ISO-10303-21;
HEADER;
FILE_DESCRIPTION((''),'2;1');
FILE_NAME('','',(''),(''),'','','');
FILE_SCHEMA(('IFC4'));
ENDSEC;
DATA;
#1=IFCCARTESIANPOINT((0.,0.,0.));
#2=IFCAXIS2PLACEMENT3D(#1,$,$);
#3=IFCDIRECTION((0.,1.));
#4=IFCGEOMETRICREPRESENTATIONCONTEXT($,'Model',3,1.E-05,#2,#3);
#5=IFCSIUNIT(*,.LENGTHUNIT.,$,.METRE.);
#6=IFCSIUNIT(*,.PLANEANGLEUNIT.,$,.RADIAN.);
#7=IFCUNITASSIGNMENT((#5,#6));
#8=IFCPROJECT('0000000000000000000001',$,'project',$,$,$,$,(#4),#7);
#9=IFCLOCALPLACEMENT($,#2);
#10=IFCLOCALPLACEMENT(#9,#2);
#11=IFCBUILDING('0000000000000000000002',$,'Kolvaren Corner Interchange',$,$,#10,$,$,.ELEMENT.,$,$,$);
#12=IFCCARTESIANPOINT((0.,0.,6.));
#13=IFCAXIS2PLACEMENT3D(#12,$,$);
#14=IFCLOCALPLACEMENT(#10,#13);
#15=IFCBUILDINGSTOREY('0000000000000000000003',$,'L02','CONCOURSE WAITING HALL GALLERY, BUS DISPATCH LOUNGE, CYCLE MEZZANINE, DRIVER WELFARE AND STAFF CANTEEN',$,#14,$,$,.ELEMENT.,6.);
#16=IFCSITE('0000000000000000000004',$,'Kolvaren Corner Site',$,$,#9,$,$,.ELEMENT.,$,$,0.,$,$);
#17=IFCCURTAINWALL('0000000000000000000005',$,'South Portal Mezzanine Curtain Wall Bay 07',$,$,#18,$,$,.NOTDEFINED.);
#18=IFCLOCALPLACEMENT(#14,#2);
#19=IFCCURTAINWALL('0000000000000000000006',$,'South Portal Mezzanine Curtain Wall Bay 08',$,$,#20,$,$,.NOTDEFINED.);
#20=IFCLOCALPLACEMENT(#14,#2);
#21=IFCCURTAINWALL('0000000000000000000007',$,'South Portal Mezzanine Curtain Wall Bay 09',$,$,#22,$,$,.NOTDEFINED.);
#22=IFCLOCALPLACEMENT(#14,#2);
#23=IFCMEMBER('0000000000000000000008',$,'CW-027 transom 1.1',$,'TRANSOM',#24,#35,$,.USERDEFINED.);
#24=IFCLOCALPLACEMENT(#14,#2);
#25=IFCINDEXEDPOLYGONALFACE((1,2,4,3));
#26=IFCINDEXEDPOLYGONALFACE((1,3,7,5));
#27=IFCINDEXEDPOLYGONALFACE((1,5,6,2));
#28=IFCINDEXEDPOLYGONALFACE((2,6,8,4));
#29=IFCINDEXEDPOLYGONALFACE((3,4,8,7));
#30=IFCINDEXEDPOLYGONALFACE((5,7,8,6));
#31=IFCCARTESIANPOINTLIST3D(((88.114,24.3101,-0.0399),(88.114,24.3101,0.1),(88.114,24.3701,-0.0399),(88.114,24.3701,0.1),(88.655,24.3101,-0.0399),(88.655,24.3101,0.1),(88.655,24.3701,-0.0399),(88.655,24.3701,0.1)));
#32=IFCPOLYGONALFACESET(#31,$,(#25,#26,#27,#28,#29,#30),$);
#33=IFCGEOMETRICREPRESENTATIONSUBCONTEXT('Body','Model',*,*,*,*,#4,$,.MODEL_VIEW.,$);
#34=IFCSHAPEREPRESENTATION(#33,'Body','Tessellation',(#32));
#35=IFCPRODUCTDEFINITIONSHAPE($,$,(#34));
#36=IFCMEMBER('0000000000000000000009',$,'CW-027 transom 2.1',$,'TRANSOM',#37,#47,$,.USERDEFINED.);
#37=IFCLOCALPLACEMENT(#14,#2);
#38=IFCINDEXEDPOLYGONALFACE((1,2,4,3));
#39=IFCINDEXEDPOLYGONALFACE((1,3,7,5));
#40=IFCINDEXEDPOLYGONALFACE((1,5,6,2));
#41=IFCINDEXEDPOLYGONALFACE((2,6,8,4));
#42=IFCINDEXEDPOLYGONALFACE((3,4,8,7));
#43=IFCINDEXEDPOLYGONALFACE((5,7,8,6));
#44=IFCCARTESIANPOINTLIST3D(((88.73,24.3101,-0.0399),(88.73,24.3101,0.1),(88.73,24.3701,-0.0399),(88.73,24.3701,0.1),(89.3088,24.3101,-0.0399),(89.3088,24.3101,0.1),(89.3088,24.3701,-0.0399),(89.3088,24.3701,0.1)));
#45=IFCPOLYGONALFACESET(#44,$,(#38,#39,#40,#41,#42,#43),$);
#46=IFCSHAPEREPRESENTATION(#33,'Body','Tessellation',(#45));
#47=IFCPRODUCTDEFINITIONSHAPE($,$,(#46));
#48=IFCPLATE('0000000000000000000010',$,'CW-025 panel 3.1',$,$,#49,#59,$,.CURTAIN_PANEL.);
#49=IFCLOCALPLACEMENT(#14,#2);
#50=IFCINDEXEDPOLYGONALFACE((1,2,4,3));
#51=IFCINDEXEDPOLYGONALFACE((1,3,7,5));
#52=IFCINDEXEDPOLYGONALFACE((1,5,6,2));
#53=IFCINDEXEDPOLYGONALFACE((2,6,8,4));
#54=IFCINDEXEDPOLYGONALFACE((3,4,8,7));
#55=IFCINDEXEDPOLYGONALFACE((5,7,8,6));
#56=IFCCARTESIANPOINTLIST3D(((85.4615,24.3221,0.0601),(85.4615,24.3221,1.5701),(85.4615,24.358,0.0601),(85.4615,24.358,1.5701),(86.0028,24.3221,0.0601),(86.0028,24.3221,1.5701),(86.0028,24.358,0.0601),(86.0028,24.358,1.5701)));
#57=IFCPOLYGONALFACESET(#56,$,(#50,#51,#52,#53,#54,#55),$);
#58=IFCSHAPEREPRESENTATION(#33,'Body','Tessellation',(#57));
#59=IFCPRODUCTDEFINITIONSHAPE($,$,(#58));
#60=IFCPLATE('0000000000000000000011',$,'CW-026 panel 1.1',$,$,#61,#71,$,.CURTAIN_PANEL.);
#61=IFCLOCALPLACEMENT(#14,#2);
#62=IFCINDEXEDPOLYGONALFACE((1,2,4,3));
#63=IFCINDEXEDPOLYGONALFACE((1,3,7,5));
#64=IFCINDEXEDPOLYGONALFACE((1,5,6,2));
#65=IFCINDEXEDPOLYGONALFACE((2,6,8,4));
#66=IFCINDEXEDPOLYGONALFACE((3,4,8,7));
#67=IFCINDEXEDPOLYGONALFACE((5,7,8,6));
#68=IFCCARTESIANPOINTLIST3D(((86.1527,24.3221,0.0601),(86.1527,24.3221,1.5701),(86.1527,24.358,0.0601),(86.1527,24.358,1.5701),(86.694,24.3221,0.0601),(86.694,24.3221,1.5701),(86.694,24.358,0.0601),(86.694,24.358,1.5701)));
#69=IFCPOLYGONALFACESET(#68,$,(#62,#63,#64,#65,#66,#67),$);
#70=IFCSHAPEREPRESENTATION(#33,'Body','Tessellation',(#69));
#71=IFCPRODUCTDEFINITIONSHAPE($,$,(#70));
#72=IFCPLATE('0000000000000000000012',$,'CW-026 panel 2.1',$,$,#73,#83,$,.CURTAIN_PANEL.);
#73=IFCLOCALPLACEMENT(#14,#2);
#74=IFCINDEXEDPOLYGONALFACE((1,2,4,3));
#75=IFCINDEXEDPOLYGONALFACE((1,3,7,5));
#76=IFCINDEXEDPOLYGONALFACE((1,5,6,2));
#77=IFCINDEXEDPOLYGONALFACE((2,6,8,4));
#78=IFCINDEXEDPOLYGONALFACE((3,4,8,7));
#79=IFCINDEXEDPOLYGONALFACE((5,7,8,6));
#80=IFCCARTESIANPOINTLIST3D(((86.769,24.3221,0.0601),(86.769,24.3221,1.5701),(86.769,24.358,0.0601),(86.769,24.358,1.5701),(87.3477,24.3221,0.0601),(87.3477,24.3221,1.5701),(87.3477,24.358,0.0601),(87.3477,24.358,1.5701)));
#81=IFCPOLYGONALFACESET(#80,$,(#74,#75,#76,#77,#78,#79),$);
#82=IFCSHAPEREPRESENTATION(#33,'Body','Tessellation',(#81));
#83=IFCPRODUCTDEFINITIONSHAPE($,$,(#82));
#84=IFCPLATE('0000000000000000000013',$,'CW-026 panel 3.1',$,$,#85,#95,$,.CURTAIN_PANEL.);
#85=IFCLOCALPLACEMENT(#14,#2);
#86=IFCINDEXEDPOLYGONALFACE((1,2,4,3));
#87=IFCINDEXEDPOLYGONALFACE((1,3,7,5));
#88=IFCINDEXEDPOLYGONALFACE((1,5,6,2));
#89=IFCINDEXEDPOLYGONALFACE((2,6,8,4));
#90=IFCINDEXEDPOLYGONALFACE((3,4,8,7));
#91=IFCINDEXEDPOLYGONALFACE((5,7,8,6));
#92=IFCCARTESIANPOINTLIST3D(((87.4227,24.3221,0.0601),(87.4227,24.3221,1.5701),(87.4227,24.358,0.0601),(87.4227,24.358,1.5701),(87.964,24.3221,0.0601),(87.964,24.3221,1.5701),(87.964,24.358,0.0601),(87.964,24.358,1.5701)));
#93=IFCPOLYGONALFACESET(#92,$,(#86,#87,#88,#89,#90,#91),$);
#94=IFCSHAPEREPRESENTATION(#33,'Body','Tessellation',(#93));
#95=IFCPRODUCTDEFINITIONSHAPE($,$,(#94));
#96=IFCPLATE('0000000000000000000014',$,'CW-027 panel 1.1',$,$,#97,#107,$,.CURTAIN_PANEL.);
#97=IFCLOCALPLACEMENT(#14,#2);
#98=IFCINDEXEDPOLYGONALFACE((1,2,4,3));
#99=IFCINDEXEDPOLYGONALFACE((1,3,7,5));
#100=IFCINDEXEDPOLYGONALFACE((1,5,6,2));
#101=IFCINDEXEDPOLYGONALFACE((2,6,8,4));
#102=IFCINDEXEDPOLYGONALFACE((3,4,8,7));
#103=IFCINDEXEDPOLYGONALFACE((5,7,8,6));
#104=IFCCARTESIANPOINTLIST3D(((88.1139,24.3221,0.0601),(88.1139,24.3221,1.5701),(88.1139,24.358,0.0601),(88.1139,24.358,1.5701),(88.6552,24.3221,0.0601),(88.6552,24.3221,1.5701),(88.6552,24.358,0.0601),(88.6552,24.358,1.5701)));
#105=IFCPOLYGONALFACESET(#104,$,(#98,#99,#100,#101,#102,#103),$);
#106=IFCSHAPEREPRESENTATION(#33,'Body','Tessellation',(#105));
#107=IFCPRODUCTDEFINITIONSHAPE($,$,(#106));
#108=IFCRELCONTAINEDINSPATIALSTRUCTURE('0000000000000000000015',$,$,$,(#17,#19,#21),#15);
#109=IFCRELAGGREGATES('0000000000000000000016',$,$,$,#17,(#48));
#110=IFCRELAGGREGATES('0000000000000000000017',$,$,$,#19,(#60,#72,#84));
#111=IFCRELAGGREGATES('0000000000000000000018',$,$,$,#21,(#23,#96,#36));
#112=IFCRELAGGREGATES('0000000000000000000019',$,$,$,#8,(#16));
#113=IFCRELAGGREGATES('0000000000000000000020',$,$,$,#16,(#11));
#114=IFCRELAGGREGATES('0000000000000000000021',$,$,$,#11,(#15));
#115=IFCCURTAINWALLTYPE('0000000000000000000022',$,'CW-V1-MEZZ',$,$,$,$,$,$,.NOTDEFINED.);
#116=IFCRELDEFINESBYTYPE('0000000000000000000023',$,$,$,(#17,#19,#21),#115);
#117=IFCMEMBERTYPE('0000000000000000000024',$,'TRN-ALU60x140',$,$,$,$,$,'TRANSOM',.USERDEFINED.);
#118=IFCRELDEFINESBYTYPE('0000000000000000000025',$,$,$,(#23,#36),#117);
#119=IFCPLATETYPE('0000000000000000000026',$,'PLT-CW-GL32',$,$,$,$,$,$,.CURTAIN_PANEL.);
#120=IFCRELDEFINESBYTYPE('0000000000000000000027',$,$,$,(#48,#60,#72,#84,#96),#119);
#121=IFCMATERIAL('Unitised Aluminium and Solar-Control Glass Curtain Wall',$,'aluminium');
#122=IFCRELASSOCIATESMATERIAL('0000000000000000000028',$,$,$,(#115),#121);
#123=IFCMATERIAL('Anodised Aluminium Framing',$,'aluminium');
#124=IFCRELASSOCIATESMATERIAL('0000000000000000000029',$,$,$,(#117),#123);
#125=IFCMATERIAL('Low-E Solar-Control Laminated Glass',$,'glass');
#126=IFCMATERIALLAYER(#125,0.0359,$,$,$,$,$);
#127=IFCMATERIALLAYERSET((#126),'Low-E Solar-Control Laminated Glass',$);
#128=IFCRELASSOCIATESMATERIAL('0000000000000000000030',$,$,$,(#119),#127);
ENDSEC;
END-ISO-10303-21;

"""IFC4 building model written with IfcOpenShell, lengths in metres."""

from ifc_helpers import new_model, si_unit, direction, frame, origin, origin_2d, place, context, subcontext, project, spatial, rectangle, extrude, material, layer, layer_set, material_profile, profile_set, type_object, element, aggregate, save


model = new_model("IFC4")

# Units and contexts
model_context = context("Model", 3, precision=1e-05, world=origin(), true_north=direction((0.0, 1.0)))
body_context = subcontext(model_context, "Body", "Model", "MODEL_VIEW")
ifc_project = project(units=[si_unit("LENGTHUNIT", "METRE"), si_unit("PLANEANGLEUNIT", "RADIAN")], contexts=[model_context])

# Site, building, storey
site_placement = place(None, origin())
site = spatial("IfcSite", under=ifc_project, at=site_placement, Name="Kolvaren Corner Site", CompositionType="ELEMENT", RefElevation=0.0)
building_placement = place(site_placement, origin())
building = spatial("IfcBuilding", under=site, at=building_placement, Name="Kolvaren Corner Interchange", CompositionType="ELEMENT")
storey_placement = place(building_placement, frame((0.0, 0.0, 6.0)))
storey = spatial("IfcBuildingStorey", under=building, at=storey_placement, Name="L02", Description="CONCOURSE WAITING HALL GALLERY, BUS DISPATCH LOUNGE, CYCLE MEZZANINE, DRIVER WELFARE AND STAFF CANTEEN", CompositionType="ELEMENT", Elevation=6.0)

# Curtain wall
ifc_material_1 = material(Name="Unitised Aluminium and Solar-Control Glass Curtain Wall", Category="aluminium")
curtain_wall_type = type_object("IfcCurtainWallType", Name="CW-V1-MEZZ", PredefinedType="NOTDEFINED", material=ifc_material_1)
curtain_wall_1_placement = place(storey_placement, origin())
curtain_wall_1 = element("IfcCurtainWall", 1, at=curtain_wall_1_placement, inside=storey, type_object=curtain_wall_type, Name="South Portal Mezzanine Curtain Wall Bay 07", PredefinedType="NOTDEFINED")

# Curtain walls
curtain_wall_2_placement = place(storey_placement, origin())
curtain_wall_2 = element("IfcCurtainWall", 2, at=curtain_wall_2_placement, inside=storey, type_object=curtain_wall_type, Name="South Portal Mezzanine Curtain Wall Bay 08", PredefinedType="NOTDEFINED")
curtain_wall_3_placement = place(storey_placement, origin())
curtain_wall_3 = element("IfcCurtainWall", 3, at=curtain_wall_3_placement, inside=storey, type_object=curtain_wall_type, Name="South Portal Mezzanine Curtain Wall Bay 09", PredefinedType="NOTDEFINED")

# Members
ifc_material_2 = material(Name="Anodised Aluminium Framing", Category="aluminium")
ifc_material_profile_1 = material_profile(ifc_material_2, rectangle(XDim=0.0601, YDim=0.1399, at=origin_2d()), Name="ALU 60x140")
ifc_profile_set_1 = profile_set([ifc_material_profile_1], Name="Anodised Aluminium Framing")
member_type_1 = type_object("IfcMemberType", Name="TRN-ALU60x140", ElementType="TRANSOM", PredefinedType="USERDEFINED", material=ifc_profile_set_1)
member_1_placement = place(storey_placement, frame((88.114, 24.3401, 0.03), z_axis=(1.0, 0.0, 0.0), x_axis=(0.0, 1.0, 0.0)))
member_1 = element("IfcMember", 4, at=member_1_placement, type_object=member_type_1, Name="CW-027 transom 1.1", ObjectType="TRANSOM", PredefinedType="USERDEFINED", context=body_context, shape_type="SweptSolid", body=[
    extrude(rectangle(XDim=0.0601, YDim=0.1399, at=origin_2d()), origin(), (0.0, 0.0, 1.0), 0.541),
])
member_2_placement = place(storey_placement, frame((88.73, 24.3401, 0.03), z_axis=(1.0, 0.0, 0.0), x_axis=(0.0, 1.0, 0.0)))
member_2 = element("IfcMember", 5, at=member_2_placement, type_object=member_type_1, Name="CW-027 transom 2.1", ObjectType="TRANSOM", PredefinedType="USERDEFINED", context=body_context, shape_type="SweptSolid", body=[
    extrude(rectangle(XDim=0.0601, YDim=0.1399, at=origin_2d()), origin(), (0.0, 0.0, 1.0), 0.5789),
])

# Plates
ifc_material_3 = material(Name="Low-E Solar-Control Laminated Glass", Category="glass")
ifc_layer = layer(ifc_material_3, 0.0359)
ifc_layer_set = layer_set([ifc_layer], Name="Low-E Solar-Control Laminated Glass")
plate_type = type_object("IfcPlateType", Name="PLT-CW-GL32", PredefinedType="CURTAIN_PANEL", material=ifc_layer_set)
plate_1_placement = place(storey_placement, frame((85.7322, 24.3401, 0.0601), z_axis=(0.0, 0.0, 1.0), x_axis=(1.0, 0.0, 0.0)))
plate_1 = element("IfcPlate", 6, at=plate_1_placement, type_object=plate_type, Name="CW-025 panel 3.1", PredefinedType="CURTAIN_PANEL", context=body_context, shape_type="SweptSolid", body=[
    extrude(rectangle(XDim=0.5413, YDim=0.0359, at=origin_2d()), origin(), (0.0, 0.0, 1.0), 1.51),
])
aggregate(curtain_wall_1, [plate_1])
plate_2_placement = place(storey_placement, frame((86.4233, 24.3401, 0.0601), z_axis=(0.0, 0.0, 1.0), x_axis=(1.0, 0.0, 0.0)))
plate_2 = element("IfcPlate", 7, at=plate_2_placement, type_object=plate_type, Name="CW-026 panel 1.1", PredefinedType="CURTAIN_PANEL", context=body_context, shape_type="SweptSolid", body=[
    extrude(rectangle(XDim=0.5413, YDim=0.0359, at=origin_2d()), origin(), (0.0, 0.0, 1.0), 1.51),
])
plate_3_placement = place(storey_placement, frame((87.0583, 24.3401, 0.0601), z_axis=(0.0, 0.0, 1.0), x_axis=(1.0, 0.0, 0.0)))
plate_3 = element("IfcPlate", 8, at=plate_3_placement, type_object=plate_type, Name="CW-026 panel 2.1", PredefinedType="CURTAIN_PANEL", context=body_context, shape_type="SweptSolid", body=[
    extrude(rectangle(XDim=0.5786, YDim=0.0359, at=origin_2d()), origin(), (0.0, 0.0, 1.0), 1.51),
])
plate_4_placement = place(storey_placement, frame((87.6934, 24.3401, 0.0601), z_axis=(0.0, 0.0, 1.0), x_axis=(1.0, 0.0, 0.0)))
plate_4 = element("IfcPlate", 9, at=plate_4_placement, type_object=plate_type, Name="CW-026 panel 3.1", PredefinedType="CURTAIN_PANEL", context=body_context, shape_type="SweptSolid", body=[
    extrude(rectangle(XDim=0.5413, YDim=0.0359, at=origin_2d()), origin(), (0.0, 0.0, 1.0), 1.51),
])
aggregate(curtain_wall_2, [plate_2, plate_3, plate_4])
plate_5_placement = place(storey_placement, frame((88.3845, 24.3401, 0.0601), z_axis=(0.0, 0.0, 1.0), x_axis=(1.0, 0.0, 0.0)))
plate_5 = element("IfcPlate", 10, at=plate_5_placement, type_object=plate_type, Name="CW-027 panel 1.1", PredefinedType="CURTAIN_PANEL", context=body_context, shape_type="SweptSolid", body=[
    extrude(rectangle(XDim=0.5413, YDim=0.0359, at=origin_2d()), origin(), (0.0, 0.0, 1.0), 1.51),
])
aggregate(curtain_wall_3, [member_1, plate_5, member_2])

save(model, "model.ifc")
